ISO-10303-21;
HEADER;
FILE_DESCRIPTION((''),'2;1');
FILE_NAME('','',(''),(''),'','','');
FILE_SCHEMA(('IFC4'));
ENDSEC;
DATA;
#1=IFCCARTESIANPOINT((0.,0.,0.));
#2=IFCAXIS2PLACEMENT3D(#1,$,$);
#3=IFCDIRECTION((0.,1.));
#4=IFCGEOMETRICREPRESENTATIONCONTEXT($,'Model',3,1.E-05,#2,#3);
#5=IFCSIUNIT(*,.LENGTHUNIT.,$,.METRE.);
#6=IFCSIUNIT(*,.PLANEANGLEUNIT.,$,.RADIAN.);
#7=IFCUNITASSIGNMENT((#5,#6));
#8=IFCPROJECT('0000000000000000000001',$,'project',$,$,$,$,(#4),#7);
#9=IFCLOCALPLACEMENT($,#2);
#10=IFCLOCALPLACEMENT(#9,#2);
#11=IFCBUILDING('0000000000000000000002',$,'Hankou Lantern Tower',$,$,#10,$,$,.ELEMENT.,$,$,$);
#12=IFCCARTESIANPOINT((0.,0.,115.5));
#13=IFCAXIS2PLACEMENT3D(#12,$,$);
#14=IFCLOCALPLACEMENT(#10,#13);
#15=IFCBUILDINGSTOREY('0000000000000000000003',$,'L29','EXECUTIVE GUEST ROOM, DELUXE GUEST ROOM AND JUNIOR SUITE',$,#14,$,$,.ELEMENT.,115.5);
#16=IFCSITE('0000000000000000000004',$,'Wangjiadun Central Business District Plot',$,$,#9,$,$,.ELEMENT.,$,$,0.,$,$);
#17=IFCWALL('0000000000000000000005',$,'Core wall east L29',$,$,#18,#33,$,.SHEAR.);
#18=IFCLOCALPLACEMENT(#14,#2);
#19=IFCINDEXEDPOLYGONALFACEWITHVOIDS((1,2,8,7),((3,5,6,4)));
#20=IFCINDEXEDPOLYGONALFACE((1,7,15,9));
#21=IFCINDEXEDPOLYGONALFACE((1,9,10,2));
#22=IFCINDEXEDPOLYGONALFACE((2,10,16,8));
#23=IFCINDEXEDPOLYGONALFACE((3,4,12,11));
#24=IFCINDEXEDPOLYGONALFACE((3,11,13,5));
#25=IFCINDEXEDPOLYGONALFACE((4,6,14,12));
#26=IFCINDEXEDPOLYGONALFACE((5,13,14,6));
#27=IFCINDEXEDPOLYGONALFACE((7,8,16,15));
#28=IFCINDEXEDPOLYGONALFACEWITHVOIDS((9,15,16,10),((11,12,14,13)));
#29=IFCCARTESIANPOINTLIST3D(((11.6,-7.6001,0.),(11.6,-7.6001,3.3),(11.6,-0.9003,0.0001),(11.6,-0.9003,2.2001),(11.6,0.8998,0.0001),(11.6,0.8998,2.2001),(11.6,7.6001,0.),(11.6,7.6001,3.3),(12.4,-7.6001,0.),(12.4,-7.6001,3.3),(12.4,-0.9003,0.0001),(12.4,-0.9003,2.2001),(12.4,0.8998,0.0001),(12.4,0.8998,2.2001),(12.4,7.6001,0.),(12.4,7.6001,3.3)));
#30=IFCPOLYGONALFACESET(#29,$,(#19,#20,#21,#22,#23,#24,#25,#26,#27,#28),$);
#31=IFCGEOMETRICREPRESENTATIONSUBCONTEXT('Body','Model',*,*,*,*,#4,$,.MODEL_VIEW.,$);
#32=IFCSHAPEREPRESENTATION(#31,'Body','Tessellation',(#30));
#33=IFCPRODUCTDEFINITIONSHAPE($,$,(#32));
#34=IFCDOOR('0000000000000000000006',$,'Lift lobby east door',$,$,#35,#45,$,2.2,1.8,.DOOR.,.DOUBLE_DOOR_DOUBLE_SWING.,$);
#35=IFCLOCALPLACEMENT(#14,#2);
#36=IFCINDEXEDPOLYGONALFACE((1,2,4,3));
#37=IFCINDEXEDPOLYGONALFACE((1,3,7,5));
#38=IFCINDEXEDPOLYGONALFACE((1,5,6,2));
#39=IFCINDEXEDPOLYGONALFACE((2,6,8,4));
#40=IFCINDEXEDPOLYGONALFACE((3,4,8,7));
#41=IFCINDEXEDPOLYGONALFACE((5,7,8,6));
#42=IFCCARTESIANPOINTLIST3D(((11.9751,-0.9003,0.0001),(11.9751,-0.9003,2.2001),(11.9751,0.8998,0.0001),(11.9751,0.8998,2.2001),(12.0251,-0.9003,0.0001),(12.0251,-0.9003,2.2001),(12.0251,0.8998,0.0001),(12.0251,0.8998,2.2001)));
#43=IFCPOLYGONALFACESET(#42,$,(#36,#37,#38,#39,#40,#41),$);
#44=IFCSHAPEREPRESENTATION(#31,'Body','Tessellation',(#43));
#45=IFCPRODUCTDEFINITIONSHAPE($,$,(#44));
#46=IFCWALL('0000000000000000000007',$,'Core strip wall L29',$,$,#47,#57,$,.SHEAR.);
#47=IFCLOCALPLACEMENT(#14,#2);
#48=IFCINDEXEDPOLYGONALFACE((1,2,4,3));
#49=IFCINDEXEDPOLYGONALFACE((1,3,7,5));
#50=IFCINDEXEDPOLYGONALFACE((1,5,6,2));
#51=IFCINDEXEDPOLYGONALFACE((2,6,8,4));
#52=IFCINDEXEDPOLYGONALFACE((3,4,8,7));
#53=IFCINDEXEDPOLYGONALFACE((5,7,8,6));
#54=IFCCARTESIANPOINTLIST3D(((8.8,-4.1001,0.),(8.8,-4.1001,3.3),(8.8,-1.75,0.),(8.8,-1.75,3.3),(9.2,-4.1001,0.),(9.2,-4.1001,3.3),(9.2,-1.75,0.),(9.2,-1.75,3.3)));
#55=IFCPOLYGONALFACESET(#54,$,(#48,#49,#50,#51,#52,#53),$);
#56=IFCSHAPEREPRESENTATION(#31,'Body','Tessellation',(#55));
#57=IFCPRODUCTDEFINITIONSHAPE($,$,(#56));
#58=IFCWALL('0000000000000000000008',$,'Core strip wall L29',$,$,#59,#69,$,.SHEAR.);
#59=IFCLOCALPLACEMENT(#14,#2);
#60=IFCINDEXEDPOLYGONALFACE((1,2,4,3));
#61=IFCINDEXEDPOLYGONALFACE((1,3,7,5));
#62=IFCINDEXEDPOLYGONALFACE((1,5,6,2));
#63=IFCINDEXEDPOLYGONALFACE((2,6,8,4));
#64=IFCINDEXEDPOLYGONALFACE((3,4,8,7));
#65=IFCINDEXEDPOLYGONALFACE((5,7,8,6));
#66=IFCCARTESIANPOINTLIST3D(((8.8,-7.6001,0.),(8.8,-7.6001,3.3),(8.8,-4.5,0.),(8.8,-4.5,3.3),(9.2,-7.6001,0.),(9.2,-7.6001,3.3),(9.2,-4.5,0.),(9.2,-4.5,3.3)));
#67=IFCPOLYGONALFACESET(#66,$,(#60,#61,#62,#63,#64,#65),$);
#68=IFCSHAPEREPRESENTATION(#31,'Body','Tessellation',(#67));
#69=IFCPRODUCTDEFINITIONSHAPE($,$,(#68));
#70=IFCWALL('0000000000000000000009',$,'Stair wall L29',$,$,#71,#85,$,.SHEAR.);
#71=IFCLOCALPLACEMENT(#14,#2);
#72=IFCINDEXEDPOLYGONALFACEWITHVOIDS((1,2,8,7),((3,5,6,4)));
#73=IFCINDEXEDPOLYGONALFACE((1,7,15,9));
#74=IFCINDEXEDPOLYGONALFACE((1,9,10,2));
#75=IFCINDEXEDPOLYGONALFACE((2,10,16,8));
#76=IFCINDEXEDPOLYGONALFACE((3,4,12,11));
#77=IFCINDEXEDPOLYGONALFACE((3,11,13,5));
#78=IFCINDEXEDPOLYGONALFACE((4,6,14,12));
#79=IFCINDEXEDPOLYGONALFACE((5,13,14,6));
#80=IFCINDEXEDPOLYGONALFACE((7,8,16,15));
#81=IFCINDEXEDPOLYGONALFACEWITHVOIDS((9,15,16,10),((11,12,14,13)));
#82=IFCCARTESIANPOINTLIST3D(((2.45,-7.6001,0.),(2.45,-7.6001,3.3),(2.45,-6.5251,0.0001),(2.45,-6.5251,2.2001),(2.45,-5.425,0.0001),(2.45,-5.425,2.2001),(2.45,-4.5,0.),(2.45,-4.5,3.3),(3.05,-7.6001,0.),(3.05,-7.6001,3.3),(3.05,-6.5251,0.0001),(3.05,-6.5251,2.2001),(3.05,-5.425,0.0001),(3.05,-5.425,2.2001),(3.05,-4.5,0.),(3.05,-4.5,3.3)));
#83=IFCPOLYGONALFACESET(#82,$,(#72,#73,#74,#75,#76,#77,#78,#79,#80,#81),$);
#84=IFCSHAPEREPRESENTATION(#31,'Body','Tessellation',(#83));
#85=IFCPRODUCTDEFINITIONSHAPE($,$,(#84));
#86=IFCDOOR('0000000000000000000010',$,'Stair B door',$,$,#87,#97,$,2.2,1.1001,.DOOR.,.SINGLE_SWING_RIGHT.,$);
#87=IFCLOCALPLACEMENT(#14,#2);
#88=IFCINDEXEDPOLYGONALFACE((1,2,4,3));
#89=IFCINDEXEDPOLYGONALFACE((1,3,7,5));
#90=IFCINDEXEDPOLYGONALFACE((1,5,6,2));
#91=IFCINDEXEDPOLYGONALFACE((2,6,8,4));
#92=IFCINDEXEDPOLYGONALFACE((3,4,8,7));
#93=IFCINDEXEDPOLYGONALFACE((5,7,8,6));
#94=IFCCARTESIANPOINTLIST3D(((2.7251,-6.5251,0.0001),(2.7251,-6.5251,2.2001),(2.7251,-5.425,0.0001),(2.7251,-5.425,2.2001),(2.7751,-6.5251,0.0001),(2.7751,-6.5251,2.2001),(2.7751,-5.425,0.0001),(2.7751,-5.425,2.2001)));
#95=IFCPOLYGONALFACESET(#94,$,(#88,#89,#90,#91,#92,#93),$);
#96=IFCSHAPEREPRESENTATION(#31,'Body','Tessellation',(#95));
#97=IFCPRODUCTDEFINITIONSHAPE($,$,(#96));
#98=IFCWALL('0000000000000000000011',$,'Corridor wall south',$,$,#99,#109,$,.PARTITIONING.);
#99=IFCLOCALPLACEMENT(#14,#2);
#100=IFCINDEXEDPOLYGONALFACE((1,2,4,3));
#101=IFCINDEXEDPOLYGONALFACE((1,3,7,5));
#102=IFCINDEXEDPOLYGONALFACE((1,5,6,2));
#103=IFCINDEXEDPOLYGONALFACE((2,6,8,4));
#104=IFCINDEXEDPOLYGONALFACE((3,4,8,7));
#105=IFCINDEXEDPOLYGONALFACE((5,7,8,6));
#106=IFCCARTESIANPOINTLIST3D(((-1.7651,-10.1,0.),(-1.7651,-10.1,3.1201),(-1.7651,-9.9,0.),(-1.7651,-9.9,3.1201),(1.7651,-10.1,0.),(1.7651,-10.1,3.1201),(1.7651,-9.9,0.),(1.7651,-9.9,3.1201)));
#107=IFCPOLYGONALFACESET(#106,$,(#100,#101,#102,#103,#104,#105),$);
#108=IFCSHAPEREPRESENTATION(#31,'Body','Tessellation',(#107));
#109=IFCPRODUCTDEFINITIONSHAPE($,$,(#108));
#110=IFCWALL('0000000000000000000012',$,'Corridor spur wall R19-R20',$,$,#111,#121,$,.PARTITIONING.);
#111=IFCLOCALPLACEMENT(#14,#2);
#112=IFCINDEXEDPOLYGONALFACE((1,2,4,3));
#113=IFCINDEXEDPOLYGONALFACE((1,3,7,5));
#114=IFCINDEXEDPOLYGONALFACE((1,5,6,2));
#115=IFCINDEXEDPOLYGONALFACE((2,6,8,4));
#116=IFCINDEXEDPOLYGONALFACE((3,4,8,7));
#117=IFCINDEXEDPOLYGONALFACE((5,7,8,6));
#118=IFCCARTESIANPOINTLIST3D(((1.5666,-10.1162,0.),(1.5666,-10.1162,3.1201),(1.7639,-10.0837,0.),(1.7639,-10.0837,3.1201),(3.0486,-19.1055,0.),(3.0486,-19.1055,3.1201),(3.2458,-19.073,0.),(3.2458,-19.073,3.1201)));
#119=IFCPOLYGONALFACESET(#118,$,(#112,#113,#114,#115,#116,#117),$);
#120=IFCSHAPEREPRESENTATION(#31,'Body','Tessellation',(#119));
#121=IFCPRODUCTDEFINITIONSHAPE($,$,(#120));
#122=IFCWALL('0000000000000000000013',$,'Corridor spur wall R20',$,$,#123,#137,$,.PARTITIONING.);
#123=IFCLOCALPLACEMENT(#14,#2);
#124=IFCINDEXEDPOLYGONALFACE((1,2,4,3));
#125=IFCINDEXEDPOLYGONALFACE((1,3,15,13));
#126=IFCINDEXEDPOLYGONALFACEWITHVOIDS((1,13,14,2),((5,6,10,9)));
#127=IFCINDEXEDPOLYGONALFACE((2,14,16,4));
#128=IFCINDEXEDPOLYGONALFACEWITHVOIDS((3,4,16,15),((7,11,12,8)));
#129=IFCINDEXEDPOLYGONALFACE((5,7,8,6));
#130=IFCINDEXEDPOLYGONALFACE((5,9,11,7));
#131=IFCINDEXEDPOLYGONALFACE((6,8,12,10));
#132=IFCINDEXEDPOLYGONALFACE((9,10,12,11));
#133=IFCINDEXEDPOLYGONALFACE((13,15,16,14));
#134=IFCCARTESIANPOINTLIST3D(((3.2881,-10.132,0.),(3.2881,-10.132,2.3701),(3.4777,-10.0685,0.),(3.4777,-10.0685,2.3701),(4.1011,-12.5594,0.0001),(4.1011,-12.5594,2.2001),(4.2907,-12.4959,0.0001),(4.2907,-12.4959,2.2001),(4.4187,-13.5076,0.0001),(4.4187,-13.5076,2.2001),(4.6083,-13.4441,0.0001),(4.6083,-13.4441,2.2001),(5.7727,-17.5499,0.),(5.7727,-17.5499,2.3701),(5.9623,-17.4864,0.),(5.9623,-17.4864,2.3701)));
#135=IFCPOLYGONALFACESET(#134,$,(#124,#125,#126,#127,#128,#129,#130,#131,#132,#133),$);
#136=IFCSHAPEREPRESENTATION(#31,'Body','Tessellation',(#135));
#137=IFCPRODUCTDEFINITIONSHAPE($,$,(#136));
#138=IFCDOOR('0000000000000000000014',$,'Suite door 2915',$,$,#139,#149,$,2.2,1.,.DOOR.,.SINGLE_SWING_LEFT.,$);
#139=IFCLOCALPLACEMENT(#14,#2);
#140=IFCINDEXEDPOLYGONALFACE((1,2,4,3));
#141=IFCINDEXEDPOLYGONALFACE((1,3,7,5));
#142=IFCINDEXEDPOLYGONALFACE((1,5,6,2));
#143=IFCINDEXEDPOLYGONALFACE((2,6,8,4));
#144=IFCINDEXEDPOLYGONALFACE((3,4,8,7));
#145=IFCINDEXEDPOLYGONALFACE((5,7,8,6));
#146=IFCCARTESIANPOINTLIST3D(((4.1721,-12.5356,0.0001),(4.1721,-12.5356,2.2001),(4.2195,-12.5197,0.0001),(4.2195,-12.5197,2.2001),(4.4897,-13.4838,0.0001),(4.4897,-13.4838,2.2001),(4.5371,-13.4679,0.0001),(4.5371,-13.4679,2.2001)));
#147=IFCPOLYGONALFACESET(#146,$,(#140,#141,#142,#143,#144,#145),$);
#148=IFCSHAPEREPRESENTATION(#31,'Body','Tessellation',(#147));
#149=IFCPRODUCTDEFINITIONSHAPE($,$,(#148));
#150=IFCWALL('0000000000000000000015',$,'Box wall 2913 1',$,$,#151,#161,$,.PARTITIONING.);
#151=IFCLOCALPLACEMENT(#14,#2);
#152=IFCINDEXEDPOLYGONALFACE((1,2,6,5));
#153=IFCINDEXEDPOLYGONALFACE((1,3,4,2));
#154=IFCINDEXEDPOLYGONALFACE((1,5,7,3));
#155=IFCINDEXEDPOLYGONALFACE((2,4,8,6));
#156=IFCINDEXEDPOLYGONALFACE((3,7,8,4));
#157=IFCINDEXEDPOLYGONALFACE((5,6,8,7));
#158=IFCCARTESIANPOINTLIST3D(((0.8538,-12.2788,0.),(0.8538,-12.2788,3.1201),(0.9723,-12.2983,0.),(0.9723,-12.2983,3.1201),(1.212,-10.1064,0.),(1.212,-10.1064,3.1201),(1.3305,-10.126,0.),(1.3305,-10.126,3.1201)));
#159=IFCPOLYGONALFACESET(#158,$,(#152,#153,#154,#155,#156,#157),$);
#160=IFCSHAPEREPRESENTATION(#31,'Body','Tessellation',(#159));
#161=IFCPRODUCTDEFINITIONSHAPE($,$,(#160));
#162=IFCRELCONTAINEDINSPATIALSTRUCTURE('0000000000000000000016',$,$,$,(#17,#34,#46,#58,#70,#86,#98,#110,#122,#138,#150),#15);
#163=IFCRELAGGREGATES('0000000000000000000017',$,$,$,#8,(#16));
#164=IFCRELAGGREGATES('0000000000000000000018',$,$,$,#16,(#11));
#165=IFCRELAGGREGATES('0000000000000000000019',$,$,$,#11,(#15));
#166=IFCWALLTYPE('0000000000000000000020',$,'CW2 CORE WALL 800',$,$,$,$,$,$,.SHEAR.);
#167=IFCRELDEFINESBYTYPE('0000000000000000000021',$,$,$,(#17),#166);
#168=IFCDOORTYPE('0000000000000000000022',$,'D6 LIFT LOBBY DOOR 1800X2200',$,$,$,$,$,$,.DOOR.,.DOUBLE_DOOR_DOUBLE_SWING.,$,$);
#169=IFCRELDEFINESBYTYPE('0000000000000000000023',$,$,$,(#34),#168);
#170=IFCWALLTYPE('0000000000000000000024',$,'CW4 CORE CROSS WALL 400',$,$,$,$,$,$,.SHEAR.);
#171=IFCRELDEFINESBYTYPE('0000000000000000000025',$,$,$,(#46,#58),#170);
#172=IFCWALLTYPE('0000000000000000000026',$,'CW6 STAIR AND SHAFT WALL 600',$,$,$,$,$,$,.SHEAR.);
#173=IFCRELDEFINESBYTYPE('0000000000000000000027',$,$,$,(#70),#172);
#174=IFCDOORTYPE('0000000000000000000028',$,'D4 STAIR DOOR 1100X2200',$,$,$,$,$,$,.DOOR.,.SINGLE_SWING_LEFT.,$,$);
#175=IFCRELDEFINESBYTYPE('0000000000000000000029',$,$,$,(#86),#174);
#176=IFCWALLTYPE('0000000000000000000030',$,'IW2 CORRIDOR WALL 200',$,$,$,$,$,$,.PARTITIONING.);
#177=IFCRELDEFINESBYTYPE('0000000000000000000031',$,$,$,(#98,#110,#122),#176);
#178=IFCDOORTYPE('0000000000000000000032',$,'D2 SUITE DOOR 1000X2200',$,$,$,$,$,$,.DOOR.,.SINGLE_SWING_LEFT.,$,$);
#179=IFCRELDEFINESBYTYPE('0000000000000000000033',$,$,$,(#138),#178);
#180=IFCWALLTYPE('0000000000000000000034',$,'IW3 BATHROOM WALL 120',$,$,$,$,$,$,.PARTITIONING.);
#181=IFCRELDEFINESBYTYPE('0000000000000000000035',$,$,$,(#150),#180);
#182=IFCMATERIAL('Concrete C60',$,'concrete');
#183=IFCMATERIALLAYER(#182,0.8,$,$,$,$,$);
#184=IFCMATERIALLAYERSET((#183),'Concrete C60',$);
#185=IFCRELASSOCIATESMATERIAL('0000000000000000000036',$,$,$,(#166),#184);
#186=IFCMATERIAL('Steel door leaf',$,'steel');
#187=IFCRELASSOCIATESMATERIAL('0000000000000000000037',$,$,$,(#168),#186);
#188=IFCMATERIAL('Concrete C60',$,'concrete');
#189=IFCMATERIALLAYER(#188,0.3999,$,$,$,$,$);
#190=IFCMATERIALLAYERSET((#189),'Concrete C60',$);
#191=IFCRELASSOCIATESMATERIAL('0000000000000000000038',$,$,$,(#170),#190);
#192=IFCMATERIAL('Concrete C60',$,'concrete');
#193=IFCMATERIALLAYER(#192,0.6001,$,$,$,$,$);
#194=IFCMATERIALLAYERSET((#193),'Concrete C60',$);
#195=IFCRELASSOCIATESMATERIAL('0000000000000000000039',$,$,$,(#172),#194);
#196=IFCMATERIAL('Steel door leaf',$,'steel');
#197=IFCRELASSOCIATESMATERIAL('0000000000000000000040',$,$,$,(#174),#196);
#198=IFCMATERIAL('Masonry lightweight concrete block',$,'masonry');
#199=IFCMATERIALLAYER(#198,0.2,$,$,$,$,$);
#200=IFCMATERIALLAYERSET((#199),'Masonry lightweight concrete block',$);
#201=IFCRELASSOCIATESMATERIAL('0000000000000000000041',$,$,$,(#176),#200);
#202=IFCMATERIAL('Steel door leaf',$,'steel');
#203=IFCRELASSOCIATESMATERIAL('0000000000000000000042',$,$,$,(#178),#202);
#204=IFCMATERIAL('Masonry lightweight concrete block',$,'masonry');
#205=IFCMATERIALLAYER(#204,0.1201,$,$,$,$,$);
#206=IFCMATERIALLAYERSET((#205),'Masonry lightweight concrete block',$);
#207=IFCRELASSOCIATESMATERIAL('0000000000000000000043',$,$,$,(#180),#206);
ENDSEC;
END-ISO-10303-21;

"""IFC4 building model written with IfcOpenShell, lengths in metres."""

from ifc_helpers import new_model, si_unit, direction, frame, frame_2d, origin, place, context, subcontext, project, spatial, rectangle, extrude, material, layer, layer_set, type_object, element, fill, save


model = new_model("IFC4")

# Units and contexts
model_context = context("Model", 3, precision=1e-05, world=origin(), true_north=direction((0.0, 1.0)))
body_context = subcontext(model_context, "Body", "Model", "MODEL_VIEW")
ifc_project = project(units=[si_unit("LENGTHUNIT", "METRE"), si_unit("PLANEANGLEUNIT", "RADIAN")], contexts=[model_context])

# Site, building, storey
site_placement = place(None, origin())
site = spatial("IfcSite", under=ifc_project, at=site_placement, Name="Wangjiadun Central Business District Plot", CompositionType="ELEMENT", RefElevation=0.0)
building_placement = place(site_placement, origin())
building = spatial("IfcBuilding", under=site, at=building_placement, Name="Hankou Lantern Tower", CompositionType="ELEMENT")
storey_placement = place(building_placement, frame((0.0, 0.0, 115.5)))
storey = spatial("IfcBuildingStorey", under=building, at=storey_placement, Name="L29", Description="EXECUTIVE GUEST ROOM, DELUXE GUEST ROOM AND JUNIOR SUITE", CompositionType="ELEMENT", Elevation=115.5)

# Wall, opening, door
ifc_material_1 = material(Name="Concrete C60", Category="concrete")
ifc_layer_1 = layer(ifc_material_1, 0.8)
ifc_layer_set_1 = layer_set([ifc_layer_1], Name="Concrete C60")
wall_type_1 = type_object("IfcWallType", Name="CW2 CORE WALL 800", PredefinedType="SHEAR", material=ifc_layer_set_1)
wall_1_placement = place(storey_placement, frame((12.0, -7.6001, 0.0), z_axis=(0.0, 0.0, 1.0), x_axis=(0.0, 1.0, 0.0)))
wall_1 = element("IfcWall", 1, at=wall_1_placement, inside=storey, type_object=wall_type_1, Name="Core wall east L29", PredefinedType="SHEAR", context=body_context, shape_type="SweptSolid", body=[
    extrude(rectangle(XDim=15.2002, YDim=0.8, at=frame_2d((7.6001, 0.0))), origin(), (0.0, 0.0, 1.0), 3.3),
])
opening_1_placement = place(wall_1_placement, frame((6.7, 0.0, 0.0)))
opening_1 = element("IfcOpeningElement", 2, at=opening_1_placement, cuts=wall_1, PredefinedType="OPENING", context=body_context, shape_type="SweptSolid", body=[
    extrude(rectangle(XDim=1.8, YDim=2.2, at=frame_2d((0.8999, 1.1001))), frame((0.0, 0.4099, 0.0), z_axis=(0.0, -1.0, 0.0), x_axis=(1.0, 0.0, 0.0)), (0.0, 0.0, 1.0), 0.8201),
])
ifc_material_2 = material(Name="Steel door leaf", Category="steel")
door_type_1 = type_object("IfcDoorType", Name="D6 LIFT LOBBY DOOR 1800X2200", OperationType="DOUBLE_DOOR_DOUBLE_SWING", PredefinedType="DOOR", material=ifc_material_2)
door_1_placement = place(opening_1_placement, origin())
door_1 = element("IfcDoor", 3, at=door_1_placement, inside=storey, type_object=door_type_1, Name="Lift lobby east door", OperationType="DOUBLE_DOOR_DOUBLE_SWING", OverallHeight=2.2, OverallWidth=1.8, PredefinedType="DOOR", context=body_context, shape_type="SweptSolid", body=[
    extrude(rectangle(XDim=1.8, YDim=2.2, at=frame_2d((0.8999, 1.1001))), frame((0.0, 0.0249, 0.0), z_axis=(0.0, -1.0, 0.0), x_axis=(1.0, 0.0, 0.0)), (0.0, 0.0, 1.0), 0.05),
])
fill(opening_1, door_1)

# Walls
ifc_material_3 = material(Name="Concrete C60", Category="concrete")
ifc_layer_2 = layer(ifc_material_3, 0.3999)
ifc_layer_set_2 = layer_set([ifc_layer_2], Name="Concrete C60")
wall_type_2 = type_object("IfcWallType", Name="CW4 CORE CROSS WALL 400", PredefinedType="SHEAR", material=ifc_layer_set_2)
wall_2_placement = place(storey_placement, frame((9.0, -4.1001, 0.0), z_axis=(0.0, 0.0, 1.0), x_axis=(0.0, 1.0, 0.0)))
element("IfcWall", 4, at=wall_2_placement, inside=storey, type_object=wall_type_2, Name="Core strip wall L29", PredefinedType="SHEAR", context=body_context, shape_type="SweptSolid", body=[
    extrude(rectangle(XDim=2.3501, YDim=0.3999, at=frame_2d((1.175, 0.0))), origin(), (0.0, 0.0, 1.0), 3.3),
])
wall_3_placement = place(storey_placement, frame((9.0, -7.6001, 0.0), z_axis=(0.0, 0.0, 1.0), x_axis=(0.0, 1.0, 0.0)))
element("IfcWall", 5, at=wall_3_placement, inside=storey, type_object=wall_type_2, Name="Core strip wall L29", PredefinedType="SHEAR", context=body_context, shape_type="SweptSolid", body=[
    extrude(rectangle(XDim=3.1001, YDim=0.3999, at=frame_2d((1.55, 0.0))), origin(), (0.0, 0.0, 1.0), 3.3),
])

# Wall, opening, door
ifc_material_4 = material(Name="Concrete C60", Category="concrete")
ifc_layer_3 = layer(ifc_material_4, 0.6001)
ifc_layer_set_3 = layer_set([ifc_layer_3], Name="Concrete C60")
wall_type_3 = type_object("IfcWallType", Name="CW6 STAIR AND SHAFT WALL 600", PredefinedType="SHEAR", material=ifc_layer_set_3)
wall_4_placement = place(storey_placement, frame((2.75, -7.6001, 0.0), z_axis=(0.0, 0.0, 1.0), x_axis=(0.0, 1.0, 0.0)))
wall_4 = element("IfcWall", 6, at=wall_4_placement, inside=storey, type_object=wall_type_3, Name="Stair wall L29", PredefinedType="SHEAR", context=body_context, shape_type="SweptSolid", body=[
    extrude(rectangle(XDim=3.1001, YDim=0.6001, at=frame_2d((1.55, 0.0))), origin(), (0.0, 0.0, 1.0), 3.3),
])
opening_2_placement = place(wall_4_placement, frame((1.075, 0.0, 0.0)))
opening_2 = element("IfcOpeningElement", 7, at=opening_2_placement, cuts=wall_4, PredefinedType="OPENING", context=body_context, shape_type="SweptSolid", body=[
    extrude(rectangle(XDim=1.1001, YDim=2.2, at=frame_2d((0.55, 1.1001))), frame((0.0, 0.3101, 0.0), z_axis=(0.0, -1.0, 0.0), x_axis=(1.0, 0.0, 0.0)), (0.0, 0.0, 1.0), 0.6201),
])
ifc_material_5 = material(Name="Steel door leaf", Category="steel")
door_type_2 = type_object("IfcDoorType", Name="D4 STAIR DOOR 1100X2200", OperationType="SINGLE_SWING_LEFT", PredefinedType="DOOR", material=ifc_material_5)
door_2_placement = place(opening_2_placement, origin())
door_2 = element("IfcDoor", 8, at=door_2_placement, inside=storey, type_object=door_type_2, Name="Stair B door", OperationType="SINGLE_SWING_RIGHT", OverallHeight=2.2, OverallWidth=1.1001, PredefinedType="DOOR", context=body_context, shape_type="SweptSolid", body=[
    extrude(rectangle(XDim=1.1001, YDim=2.2, at=frame_2d((0.55, 1.1001))), frame((0.0, 0.0249, 0.0), z_axis=(0.0, -1.0, 0.0), x_axis=(1.0, 0.0, 0.0)), (0.0, 0.0, 1.0), 0.05),
])
fill(opening_2, door_2)

# Walls
ifc_material_6 = material(Name="Masonry lightweight concrete block", Category="masonry")
ifc_layer_4 = layer(ifc_material_6, 0.2)
ifc_layer_set_4 = layer_set([ifc_layer_4], Name="Masonry lightweight concrete block")
wall_type_4 = type_object("IfcWallType", Name="IW2 CORRIDOR WALL 200", PredefinedType="PARTITIONING", material=ifc_layer_set_4)
wall_5_placement = place(storey_placement, frame((1.7651, -10.0, 0.0), z_axis=(0.0, 0.0, 1.0), x_axis=(-1.0, 0.0, 0.0)))
element("IfcWall", 9, at=wall_5_placement, inside=storey, type_object=wall_type_4, Name="Corridor wall south", PredefinedType="PARTITIONING", context=body_context, shape_type="SweptSolid", body=[
    extrude(rectangle(XDim=3.5303, YDim=0.2, at=frame_2d((1.7651, 0.0))), origin(), (0.0, 0.0, 1.0), 3.1201),
])
wall_6_placement = place(storey_placement, frame((1.6653, -10.1001, 0.0), z_axis=(0.0, 0.0, 1.0), x_axis=(0.162661, -0.986682, 0.0)))
element("IfcWall", 10, at=wall_6_placement, inside=storey, type_object=wall_type_4, Name="Corridor spur wall R19-R20", PredefinedType="PARTITIONING", context=body_context, shape_type="SweptSolid", body=[
    extrude(rectangle(XDim=9.1106, YDim=0.2, at=frame_2d((4.5552, 0.0))), origin(), (0.0, 0.0, 1.0), 3.1201),
])

# Wall, opening, door
wall_7_placement = place(storey_placement, frame((3.3828, -10.1001, 0.0), z_axis=(0.0, 0.0, 1.0), x_axis=(0.317604, -0.948224, 0.0)))
wall_7 = element("IfcWall", 11, at=wall_7_placement, inside=storey, type_object=wall_type_4, Name="Corridor spur wall R20", PredefinedType="PARTITIONING", context=body_context, shape_type="SweptSolid", body=[
    extrude(rectangle(XDim=7.823, YDim=0.2, at=frame_2d((3.9116, 0.0))), origin(), (0.0, 0.0, 1.0), 2.3701),
])
opening_3_placement = place(wall_7_placement, frame((2.5601, 0.0, 0.0)))
opening_3 = element("IfcOpeningElement", 12, at=opening_3_placement, cuts=wall_7, PredefinedType="OPENING", context=body_context, shape_type="SweptSolid", body=[
    extrude(rectangle(XDim=1.0, YDim=2.2, at=frame_2d((0.5, 1.1001))), frame((0.0, 0.1099, 0.0), z_axis=(0.0, -1.0, 0.0), x_axis=(1.0, 0.0, 0.0)), (0.0, 0.0, 1.0), 0.22),
])
ifc_material_7 = material(Name="Steel door leaf", Category="steel")
door_type_3 = type_object("IfcDoorType", Name="D2 SUITE DOOR 1000X2200", OperationType="SINGLE_SWING_LEFT", PredefinedType="DOOR", material=ifc_material_7)
door_3_placement = place(opening_3_placement, origin())
door_3 = element("IfcDoor", 13, at=door_3_placement, inside=storey, type_object=door_type_3, Name="Suite door 2915", OperationType="SINGLE_SWING_LEFT", OverallHeight=2.2, OverallWidth=1.0, PredefinedType="DOOR", context=body_context, shape_type="SweptSolid", body=[
    extrude(rectangle(XDim=1.0, YDim=2.2, at=frame_2d((0.5, 1.1001))), frame((0.0, 0.0249, 0.0), z_axis=(0.0, -1.0, 0.0), x_axis=(1.0, 0.0, 0.0)), (0.0, 0.0, 1.0), 0.05),
])
fill(opening_3, door_3)

# Wall
ifc_material_8 = material(Name="Masonry lightweight concrete block", Category="masonry")
ifc_layer_5 = layer(ifc_material_8, 0.1201)
ifc_layer_set_5 = layer_set([ifc_layer_5], Name="Masonry lightweight concrete block")
wall_type_5 = type_object("IfcWallType", Name="IW3 BATHROOM WALL 120", PredefinedType="PARTITIONING", material=ifc_layer_set_5)
wall_8_placement = place(storey_placement, frame((1.2712, -10.1162, 0.0), z_axis=(0.0, 0.0, 1.0), x_axis=(-0.162672, -0.98668, 0.0)))
element("IfcWall", 14, at=wall_8_placement, inside=storey, type_object=wall_type_5, Name="Box wall 2913 1", PredefinedType="PARTITIONING", context=body_context, shape_type="SweptSolid", body=[
    extrude(rectangle(XDim=2.2017, YDim=0.1201, at=frame_2d((1.1008, 0.0))), origin(), (0.0, 0.0, 1.0), 3.1201),
])

save(model, "model.ifc")
